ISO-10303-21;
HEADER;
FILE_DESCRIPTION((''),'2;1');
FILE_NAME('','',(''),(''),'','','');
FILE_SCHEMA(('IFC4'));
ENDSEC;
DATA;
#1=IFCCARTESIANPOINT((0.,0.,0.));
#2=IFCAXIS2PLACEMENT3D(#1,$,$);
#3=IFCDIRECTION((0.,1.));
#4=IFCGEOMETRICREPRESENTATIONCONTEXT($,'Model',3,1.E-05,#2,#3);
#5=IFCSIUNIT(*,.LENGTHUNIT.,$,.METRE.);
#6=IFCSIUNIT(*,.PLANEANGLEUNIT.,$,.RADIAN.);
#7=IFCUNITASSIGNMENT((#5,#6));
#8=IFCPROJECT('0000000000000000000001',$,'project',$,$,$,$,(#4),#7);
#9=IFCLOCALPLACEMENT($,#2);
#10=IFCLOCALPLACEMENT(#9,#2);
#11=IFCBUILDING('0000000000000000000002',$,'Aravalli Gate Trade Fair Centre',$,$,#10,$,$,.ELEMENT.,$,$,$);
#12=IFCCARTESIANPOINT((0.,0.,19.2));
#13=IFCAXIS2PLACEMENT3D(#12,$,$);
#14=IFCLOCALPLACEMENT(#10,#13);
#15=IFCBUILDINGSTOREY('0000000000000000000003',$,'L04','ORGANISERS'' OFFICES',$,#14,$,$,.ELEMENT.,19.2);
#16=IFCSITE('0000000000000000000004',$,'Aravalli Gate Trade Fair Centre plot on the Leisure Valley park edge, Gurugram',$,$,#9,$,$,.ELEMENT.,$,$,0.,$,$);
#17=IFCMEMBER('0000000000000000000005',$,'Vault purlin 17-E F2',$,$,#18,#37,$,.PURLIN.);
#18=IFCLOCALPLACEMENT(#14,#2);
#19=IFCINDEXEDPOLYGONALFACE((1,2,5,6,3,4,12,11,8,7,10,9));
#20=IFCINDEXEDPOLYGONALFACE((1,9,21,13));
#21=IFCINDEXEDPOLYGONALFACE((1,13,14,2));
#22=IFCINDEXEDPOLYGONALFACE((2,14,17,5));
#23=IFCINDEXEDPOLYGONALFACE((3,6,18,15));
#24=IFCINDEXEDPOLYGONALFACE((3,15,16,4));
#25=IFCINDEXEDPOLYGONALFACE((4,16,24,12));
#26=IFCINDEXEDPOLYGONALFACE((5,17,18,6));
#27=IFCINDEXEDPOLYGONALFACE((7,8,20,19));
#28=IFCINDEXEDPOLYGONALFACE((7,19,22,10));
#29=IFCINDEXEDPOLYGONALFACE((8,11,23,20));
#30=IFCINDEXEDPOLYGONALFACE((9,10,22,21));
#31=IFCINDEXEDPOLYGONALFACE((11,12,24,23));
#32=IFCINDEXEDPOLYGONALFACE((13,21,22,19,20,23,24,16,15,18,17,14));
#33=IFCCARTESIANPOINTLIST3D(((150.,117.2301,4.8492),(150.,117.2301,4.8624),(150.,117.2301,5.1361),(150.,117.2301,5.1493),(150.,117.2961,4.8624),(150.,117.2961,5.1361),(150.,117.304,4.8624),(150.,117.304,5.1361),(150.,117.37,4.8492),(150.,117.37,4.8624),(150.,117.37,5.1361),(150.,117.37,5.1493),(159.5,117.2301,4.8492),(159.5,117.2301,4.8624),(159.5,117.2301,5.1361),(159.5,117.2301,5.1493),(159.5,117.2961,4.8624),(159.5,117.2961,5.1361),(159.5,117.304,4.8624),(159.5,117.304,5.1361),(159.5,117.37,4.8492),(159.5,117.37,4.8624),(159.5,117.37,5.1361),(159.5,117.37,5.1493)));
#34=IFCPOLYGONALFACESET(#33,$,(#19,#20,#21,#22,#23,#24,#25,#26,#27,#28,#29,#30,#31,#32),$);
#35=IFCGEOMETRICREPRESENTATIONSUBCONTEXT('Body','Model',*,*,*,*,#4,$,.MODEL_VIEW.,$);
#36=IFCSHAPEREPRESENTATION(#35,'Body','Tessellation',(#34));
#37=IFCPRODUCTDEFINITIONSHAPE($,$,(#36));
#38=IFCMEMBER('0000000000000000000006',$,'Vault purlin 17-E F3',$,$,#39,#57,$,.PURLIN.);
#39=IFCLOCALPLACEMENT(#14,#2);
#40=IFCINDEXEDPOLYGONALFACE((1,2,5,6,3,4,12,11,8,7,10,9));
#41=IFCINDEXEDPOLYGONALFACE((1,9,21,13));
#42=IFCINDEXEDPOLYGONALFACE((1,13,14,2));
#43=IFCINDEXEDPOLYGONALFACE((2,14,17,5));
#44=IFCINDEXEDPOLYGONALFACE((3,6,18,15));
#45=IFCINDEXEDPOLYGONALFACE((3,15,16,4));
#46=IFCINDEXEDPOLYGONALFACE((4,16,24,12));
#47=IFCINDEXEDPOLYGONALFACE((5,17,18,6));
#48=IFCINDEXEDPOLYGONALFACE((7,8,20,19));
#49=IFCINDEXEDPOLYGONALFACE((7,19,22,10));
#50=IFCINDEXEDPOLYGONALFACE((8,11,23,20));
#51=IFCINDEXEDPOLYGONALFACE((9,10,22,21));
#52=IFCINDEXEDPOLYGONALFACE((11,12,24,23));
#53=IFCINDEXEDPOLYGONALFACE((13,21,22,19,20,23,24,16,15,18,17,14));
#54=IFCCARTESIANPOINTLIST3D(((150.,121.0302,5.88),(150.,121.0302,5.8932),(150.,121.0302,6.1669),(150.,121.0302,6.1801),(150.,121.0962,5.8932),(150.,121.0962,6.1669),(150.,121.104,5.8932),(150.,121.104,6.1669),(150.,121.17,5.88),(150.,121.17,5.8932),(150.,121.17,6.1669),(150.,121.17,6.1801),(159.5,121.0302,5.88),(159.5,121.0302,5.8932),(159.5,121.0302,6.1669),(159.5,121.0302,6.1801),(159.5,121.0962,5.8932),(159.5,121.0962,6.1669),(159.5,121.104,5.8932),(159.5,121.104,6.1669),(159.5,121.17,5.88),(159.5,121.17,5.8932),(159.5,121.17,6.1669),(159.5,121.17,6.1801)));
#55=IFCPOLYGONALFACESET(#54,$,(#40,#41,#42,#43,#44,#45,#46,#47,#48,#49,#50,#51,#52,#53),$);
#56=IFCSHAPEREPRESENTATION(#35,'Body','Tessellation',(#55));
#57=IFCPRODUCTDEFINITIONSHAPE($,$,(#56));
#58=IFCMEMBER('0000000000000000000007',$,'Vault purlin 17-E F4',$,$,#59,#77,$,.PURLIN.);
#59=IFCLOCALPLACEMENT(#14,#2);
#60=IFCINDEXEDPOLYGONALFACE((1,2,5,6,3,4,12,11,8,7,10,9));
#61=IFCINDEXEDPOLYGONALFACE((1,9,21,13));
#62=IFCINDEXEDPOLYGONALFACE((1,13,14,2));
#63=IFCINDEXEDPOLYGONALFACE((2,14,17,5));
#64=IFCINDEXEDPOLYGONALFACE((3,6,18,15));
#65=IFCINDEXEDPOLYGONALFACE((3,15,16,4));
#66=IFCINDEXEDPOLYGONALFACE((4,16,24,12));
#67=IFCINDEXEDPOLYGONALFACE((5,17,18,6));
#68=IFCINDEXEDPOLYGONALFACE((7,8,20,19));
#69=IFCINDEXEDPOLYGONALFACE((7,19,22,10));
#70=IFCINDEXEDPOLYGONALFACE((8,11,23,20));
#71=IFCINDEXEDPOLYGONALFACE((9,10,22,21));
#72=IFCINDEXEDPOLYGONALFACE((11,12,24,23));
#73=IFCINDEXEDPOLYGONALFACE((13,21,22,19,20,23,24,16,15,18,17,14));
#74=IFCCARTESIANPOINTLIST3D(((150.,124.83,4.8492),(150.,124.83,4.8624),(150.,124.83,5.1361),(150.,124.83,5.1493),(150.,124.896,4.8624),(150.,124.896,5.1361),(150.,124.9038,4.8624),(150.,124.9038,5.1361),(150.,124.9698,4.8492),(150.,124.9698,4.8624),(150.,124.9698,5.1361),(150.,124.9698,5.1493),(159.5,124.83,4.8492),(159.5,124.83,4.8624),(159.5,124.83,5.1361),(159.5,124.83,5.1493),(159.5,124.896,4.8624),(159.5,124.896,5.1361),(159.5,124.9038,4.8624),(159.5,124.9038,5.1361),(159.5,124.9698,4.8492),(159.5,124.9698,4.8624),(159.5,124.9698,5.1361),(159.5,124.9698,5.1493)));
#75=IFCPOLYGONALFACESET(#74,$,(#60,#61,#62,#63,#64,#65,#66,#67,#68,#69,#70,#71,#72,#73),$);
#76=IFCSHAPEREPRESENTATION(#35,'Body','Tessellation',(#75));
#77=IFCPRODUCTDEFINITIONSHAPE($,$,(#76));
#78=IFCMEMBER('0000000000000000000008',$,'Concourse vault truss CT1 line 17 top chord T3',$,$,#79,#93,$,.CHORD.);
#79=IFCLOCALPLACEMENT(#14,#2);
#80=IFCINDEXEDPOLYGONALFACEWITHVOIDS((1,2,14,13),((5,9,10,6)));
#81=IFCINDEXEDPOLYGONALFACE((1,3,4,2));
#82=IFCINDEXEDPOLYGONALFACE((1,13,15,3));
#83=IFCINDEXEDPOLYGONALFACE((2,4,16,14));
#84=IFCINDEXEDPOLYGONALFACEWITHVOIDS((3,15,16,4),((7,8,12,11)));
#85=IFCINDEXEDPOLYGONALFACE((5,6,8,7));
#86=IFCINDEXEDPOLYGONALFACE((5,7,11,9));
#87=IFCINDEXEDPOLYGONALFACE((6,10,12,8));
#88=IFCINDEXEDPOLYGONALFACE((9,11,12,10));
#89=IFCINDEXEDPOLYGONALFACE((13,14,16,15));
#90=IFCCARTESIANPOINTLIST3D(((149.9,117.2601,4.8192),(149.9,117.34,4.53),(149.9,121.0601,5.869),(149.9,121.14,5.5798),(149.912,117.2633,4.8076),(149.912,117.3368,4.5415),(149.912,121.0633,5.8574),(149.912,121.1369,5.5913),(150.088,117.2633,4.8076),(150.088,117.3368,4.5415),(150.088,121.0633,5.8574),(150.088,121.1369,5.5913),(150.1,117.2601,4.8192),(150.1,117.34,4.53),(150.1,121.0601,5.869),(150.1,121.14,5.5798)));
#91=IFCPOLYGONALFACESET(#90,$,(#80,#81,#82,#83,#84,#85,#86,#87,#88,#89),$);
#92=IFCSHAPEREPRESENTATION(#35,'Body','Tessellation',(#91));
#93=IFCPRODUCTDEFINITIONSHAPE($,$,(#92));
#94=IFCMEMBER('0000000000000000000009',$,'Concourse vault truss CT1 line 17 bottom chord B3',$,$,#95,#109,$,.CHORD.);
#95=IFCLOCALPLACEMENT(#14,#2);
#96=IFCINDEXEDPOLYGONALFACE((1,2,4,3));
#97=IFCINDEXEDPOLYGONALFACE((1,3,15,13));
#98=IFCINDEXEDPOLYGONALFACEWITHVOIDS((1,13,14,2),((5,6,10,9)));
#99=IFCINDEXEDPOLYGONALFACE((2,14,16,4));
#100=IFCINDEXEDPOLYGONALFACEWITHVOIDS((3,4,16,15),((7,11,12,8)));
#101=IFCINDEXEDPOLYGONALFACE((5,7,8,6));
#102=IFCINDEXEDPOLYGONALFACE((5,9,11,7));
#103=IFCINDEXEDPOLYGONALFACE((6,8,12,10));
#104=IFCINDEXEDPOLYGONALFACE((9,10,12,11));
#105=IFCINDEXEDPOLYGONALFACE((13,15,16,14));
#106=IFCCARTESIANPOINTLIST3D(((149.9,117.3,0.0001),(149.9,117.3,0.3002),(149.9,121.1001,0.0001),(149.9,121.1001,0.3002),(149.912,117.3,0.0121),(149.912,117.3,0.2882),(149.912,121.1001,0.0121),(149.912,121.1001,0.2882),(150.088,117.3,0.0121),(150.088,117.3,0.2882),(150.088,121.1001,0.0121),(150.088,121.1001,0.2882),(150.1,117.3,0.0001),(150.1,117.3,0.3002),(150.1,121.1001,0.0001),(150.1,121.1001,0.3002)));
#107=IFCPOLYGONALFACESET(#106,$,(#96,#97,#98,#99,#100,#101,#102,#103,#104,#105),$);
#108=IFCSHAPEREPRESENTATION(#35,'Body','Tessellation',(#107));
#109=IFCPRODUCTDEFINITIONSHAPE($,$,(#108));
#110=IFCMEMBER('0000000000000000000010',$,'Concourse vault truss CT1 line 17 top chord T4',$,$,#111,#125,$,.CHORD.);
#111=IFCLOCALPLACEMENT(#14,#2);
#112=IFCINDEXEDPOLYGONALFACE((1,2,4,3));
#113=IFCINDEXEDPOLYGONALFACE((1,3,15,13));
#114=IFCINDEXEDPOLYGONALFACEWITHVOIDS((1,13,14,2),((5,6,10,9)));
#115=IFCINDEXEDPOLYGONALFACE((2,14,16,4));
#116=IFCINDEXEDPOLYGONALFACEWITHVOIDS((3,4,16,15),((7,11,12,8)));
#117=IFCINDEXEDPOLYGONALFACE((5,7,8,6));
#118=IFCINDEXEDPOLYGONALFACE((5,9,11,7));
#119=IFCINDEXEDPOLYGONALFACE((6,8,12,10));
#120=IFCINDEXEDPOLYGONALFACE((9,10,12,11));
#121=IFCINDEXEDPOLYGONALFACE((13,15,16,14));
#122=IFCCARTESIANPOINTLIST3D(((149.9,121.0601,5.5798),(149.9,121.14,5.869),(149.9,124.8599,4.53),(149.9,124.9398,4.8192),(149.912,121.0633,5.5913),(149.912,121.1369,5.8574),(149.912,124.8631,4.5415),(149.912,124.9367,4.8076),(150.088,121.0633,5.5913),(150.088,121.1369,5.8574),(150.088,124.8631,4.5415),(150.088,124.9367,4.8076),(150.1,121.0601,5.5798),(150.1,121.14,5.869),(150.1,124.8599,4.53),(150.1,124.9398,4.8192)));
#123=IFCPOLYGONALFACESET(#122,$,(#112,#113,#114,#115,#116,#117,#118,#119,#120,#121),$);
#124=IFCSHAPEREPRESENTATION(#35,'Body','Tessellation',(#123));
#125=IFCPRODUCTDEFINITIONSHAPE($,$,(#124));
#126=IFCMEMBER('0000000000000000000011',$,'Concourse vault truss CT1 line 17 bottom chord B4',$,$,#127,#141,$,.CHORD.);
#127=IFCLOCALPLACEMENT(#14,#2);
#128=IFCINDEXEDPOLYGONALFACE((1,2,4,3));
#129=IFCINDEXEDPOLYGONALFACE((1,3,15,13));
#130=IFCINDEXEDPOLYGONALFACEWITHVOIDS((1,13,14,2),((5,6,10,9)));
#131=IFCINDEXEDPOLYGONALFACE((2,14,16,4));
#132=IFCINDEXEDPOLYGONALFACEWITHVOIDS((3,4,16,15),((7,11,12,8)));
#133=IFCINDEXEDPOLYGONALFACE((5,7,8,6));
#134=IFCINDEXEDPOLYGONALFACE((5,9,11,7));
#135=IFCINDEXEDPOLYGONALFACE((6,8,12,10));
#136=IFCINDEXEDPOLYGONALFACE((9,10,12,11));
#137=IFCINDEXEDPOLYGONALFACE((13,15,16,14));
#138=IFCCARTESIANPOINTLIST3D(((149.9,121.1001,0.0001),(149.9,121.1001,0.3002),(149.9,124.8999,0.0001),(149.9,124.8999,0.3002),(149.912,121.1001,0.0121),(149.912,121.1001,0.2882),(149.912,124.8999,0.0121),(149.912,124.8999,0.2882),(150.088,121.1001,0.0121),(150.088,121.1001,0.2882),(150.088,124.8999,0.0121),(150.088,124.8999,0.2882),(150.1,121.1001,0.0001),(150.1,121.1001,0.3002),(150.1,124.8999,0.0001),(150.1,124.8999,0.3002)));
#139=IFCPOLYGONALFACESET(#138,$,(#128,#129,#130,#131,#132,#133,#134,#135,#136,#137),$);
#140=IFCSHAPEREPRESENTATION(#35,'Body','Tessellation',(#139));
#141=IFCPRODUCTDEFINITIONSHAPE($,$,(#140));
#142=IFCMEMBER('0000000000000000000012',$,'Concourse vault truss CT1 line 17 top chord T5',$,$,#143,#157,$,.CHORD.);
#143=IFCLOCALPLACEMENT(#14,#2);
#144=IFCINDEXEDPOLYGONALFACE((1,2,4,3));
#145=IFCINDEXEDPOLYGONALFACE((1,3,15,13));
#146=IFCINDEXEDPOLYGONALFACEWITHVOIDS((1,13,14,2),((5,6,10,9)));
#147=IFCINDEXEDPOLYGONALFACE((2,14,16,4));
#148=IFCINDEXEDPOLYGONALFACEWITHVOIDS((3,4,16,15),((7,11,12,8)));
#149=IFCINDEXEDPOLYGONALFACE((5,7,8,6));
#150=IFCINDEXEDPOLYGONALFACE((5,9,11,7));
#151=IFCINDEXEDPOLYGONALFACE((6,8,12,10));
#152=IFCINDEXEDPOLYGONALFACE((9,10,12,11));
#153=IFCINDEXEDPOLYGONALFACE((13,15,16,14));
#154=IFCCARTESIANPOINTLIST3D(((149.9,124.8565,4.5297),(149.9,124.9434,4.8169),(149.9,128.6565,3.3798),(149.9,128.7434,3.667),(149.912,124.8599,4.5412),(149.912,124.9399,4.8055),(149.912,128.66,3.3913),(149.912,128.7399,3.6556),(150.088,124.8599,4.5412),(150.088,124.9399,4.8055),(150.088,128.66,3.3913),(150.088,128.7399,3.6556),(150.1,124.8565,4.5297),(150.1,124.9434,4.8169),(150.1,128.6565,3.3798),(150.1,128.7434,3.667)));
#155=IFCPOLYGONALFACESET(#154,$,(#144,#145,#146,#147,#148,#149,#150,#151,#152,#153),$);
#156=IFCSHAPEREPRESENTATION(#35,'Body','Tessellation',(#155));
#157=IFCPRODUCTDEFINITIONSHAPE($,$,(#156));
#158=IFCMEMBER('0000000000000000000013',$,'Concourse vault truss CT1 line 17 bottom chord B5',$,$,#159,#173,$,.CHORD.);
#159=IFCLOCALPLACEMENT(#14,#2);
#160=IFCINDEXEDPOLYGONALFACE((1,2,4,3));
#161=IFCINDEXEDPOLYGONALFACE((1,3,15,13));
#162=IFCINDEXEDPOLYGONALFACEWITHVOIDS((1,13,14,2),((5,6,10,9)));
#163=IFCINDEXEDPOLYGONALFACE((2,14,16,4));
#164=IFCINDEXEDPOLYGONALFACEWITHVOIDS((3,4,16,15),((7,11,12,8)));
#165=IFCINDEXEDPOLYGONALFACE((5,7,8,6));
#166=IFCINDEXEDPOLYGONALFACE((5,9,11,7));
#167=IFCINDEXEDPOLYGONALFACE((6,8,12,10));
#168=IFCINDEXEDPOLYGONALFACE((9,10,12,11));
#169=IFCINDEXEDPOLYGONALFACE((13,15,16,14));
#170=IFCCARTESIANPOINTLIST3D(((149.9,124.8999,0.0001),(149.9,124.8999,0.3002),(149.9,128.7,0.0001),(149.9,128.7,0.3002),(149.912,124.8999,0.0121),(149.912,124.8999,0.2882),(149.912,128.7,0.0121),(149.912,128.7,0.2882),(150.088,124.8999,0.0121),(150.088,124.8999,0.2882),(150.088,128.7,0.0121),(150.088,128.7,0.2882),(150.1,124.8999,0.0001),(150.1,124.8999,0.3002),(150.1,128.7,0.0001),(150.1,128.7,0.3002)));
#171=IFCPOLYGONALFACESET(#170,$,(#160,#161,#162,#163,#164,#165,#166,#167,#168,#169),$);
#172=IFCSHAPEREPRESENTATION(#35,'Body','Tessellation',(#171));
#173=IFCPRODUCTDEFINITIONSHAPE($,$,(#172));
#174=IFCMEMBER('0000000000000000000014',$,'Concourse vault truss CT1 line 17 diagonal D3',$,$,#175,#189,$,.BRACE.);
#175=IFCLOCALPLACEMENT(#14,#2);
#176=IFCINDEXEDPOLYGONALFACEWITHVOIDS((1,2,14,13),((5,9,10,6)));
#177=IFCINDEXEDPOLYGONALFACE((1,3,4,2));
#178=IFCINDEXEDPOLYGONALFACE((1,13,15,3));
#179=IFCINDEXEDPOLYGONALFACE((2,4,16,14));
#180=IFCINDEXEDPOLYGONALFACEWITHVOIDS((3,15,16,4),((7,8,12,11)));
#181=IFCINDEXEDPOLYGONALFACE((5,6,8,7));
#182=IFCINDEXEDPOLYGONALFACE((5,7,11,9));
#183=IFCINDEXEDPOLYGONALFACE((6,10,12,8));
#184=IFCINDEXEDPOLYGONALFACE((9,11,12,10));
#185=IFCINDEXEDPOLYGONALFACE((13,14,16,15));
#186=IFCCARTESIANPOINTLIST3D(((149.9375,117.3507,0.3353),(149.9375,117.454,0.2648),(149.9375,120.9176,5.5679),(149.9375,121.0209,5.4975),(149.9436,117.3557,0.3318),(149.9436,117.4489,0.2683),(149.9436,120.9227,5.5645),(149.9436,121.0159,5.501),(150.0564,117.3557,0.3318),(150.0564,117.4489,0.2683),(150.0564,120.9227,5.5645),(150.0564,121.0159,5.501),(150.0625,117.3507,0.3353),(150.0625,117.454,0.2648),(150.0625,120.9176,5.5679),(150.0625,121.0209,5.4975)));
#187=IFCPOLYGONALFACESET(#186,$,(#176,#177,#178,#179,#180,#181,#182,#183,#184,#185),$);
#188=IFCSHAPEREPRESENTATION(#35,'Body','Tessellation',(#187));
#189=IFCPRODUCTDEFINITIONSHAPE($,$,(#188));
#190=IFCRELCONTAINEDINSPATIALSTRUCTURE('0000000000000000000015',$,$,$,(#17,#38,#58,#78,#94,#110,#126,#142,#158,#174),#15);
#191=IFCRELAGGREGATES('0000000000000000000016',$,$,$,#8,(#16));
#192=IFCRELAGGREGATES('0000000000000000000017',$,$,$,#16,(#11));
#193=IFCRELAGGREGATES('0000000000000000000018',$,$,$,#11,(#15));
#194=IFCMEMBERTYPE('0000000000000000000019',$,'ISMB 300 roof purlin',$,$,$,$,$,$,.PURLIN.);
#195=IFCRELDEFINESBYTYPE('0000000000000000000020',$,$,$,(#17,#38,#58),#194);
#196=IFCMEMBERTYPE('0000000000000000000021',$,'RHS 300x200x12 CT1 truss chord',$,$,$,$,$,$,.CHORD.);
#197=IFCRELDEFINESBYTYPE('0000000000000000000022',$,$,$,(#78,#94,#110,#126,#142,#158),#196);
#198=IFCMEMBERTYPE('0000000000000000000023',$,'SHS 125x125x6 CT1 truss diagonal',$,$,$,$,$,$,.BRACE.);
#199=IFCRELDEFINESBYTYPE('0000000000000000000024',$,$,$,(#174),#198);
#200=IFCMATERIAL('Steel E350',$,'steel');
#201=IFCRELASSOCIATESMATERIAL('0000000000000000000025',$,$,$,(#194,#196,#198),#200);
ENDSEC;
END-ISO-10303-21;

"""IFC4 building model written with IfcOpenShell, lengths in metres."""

from ifc_helpers import new_model, si_unit, direction, frame, origin, origin_2d, place, context, subcontext, project, spatial, hollow_rectangle, i_section, extrude, material, material_profile, profile_set, type_object, element, save


model = new_model("IFC4")

# Units and contexts
model_context = context("Model", 3, precision=1e-05, world=origin(), true_north=direction((0.0, 1.0)))
body_context = subcontext(model_context, "Body", "Model", "MODEL_VIEW")
ifc_project = project(units=[si_unit("LENGTHUNIT", "METRE"), si_unit("PLANEANGLEUNIT", "RADIAN")], contexts=[model_context])

# Site, building, storey
site_placement = place(None, origin())
site = spatial("IfcSite", under=ifc_project, at=site_placement, Name="Aravalli Gate Trade Fair Centre plot on the Leisure Valley park edge, Gurugram", CompositionType="ELEMENT", RefElevation=0.0)
building_placement = place(site_placement, origin())
building = spatial("IfcBuilding", under=site, at=building_placement, Name="Aravalli Gate Trade Fair Centre", CompositionType="ELEMENT")
storey_placement = place(building_placement, frame((0.0, 0.0, 19.2)))
storey = spatial("IfcBuildingStorey", under=building, at=storey_placement, Name="L04", Description="ORGANISERS' OFFICES", CompositionType="ELEMENT", Elevation=19.2)

# Members
ifc_material_1 = material(Name="Steel E350", Category="steel")
ifc_material_profile_1 = material_profile(ifc_material_1, i_section(OverallWidth=0.1399, OverallDepth=0.3, WebThickness=0.0078, FlangeThickness=0.0132, at=origin_2d()), Name="ISMB 300")
ifc_profile_set_1 = profile_set([ifc_material_profile_1], Name="Steel E350")
member_type_1 = type_object("IfcMemberType", Name="ISMB 300 roof purlin", PredefinedType="PURLIN", material=ifc_profile_set_1)
for number, where, z_axis, x_axis, name in (
    (1, (150.0, 117.3, 4.9993), (1.0, 0.0, 0.0), (0.0, 1.0, 0.0), "Vault purlin 17-E F2"),
    (2, (150.0, 121.1001, 6.03), (1.0, 0.0, 0.0), (0.0, 1.0, 0.0), "Vault purlin 17-E F3"),
    (3, (150.0, 124.8999, 4.9993), (1.0, 0.0, 0.0), (0.0, 1.0, 0.0), "Vault purlin 17-E F4"),
):
    element("IfcMember", number, at=place(storey_placement, frame(where, z_axis=z_axis, x_axis=x_axis)), inside=storey, type_object=member_type_1, Name=name, PredefinedType="PURLIN", context=body_context, shape_type="SweptSolid", body=[
        extrude(i_section(OverallWidth=0.1399, OverallDepth=0.3, WebThickness=0.0078, FlangeThickness=0.0132, at=origin_2d()), origin(), (0.0, 0.0, 1.0), 9.5),
    ])
ifc_material_profile_2 = material_profile(ifc_material_1, hollow_rectangle(XDim=0.2, YDim=0.3, WallThickness=0.012, at=origin_2d()), Name="RHS 300x200x12")
ifc_profile_set_2 = profile_set([ifc_material_profile_2], Name="Steel E350")
member_type_2 = type_object("IfcMemberType", Name="RHS 300x200x12 CT1 truss chord", PredefinedType="CHORD", material=ifc_profile_set_2)
member_1_placement = place(storey_placement, frame((150.0, 117.3, 4.6746), z_axis=(0.0, 0.963894, 0.266286), x_axis=(-1.0, 0.0, 0.0)))
element("IfcMember", 4, at=member_1_placement, inside=storey, type_object=member_type_2, Name="Concourse vault truss CT1 line 17 top chord T3", PredefinedType="CHORD", context=body_context, shape_type="SweptSolid", body=[
    extrude(hollow_rectangle(XDim=0.2, YDim=0.3, WallThickness=0.012, at=origin_2d()), origin(), (0.0, 0.0, 1.0), 3.9424),
])
member_2_placement = place(storey_placement, frame((150.0, 117.3, 0.1501), z_axis=(0.0, 1.0, 0.0), x_axis=(-1.0, 0.0, 0.0)))
element("IfcMember", 5, at=member_2_placement, inside=storey, type_object=member_type_2, Name="Concourse vault truss CT1 line 17 bottom chord B3", PredefinedType="CHORD", context=body_context, shape_type="SweptSolid", body=[
    extrude(hollow_rectangle(XDim=0.2, YDim=0.3, WallThickness=0.012, at=origin_2d()), origin(), (0.0, 0.0, 1.0), 3.8),
])
member_3_placement = place(storey_placement, frame((150.0, 121.1001, 5.7244), z_axis=(0.0, 0.96389, -0.266302), x_axis=(-1.0, 0.0, 0.0)))
element("IfcMember", 6, at=member_3_placement, inside=storey, type_object=member_type_2, Name="Concourse vault truss CT1 line 17 top chord T4", PredefinedType="CHORD", context=body_context, shape_type="SweptSolid", body=[
    extrude(hollow_rectangle(XDim=0.2, YDim=0.3, WallThickness=0.012, at=origin_2d()), origin(), (0.0, 0.0, 1.0), 3.9421),
])
member_4_placement = place(storey_placement, frame((150.0, 121.1001, 0.1501), z_axis=(0.0, 1.0, 0.0), x_axis=(-1.0, 0.0, 0.0)))
element("IfcMember", 7, at=member_4_placement, inside=storey, type_object=member_type_2, Name="Concourse vault truss CT1 line 17 bottom chord B4", PredefinedType="CHORD", context=body_context, shape_type="SweptSolid", body=[
    extrude(hollow_rectangle(XDim=0.2, YDim=0.3, WallThickness=0.012, at=origin_2d()), origin(), (0.0, 0.0, 1.0), 3.7998),
])
member_5_placement = place(storey_placement, frame((150.0, 124.8999, 4.6733), z_axis=(0.0, 0.957138, -0.289632), x_axis=(-1.0, 0.0, 0.0)))
element("IfcMember", 8, at=member_5_placement, inside=storey, type_object=member_type_2, Name="Concourse vault truss CT1 line 17 top chord T5", PredefinedType="CHORD", context=body_context, shape_type="SweptSolid", body=[
    extrude(hollow_rectangle(XDim=0.2, YDim=0.3, WallThickness=0.012, at=origin_2d()), origin(), (0.0, 0.0, 1.0), 3.9702),
])
member_6_placement = place(storey_placement, frame((150.0, 124.8999, 0.1501), z_axis=(0.0, 1.0, 0.0), x_axis=(-1.0, 0.0, 0.0)))
element("IfcMember", 9, at=member_6_placement, inside=storey, type_object=member_type_2, Name="Concourse vault truss CT1 line 17 bottom chord B5", PredefinedType="CHORD", context=body_context, shape_type="SweptSolid", body=[
    extrude(hollow_rectangle(XDim=0.2, YDim=0.3, WallThickness=0.012, at=origin_2d()), origin(), (0.0, 0.0, 1.0), 3.8),
])
ifc_material_profile_3 = material_profile(ifc_material_1, hollow_rectangle(XDim=0.125, YDim=0.125, WallThickness=0.0061, at=origin_2d()), Name="SHS 125x125x6")
ifc_profile_set_3 = profile_set([ifc_material_profile_3], Name="Steel E350")
member_type_3 = type_object("IfcMemberType", Name="SHS 125x125x6 CT1 truss diagonal", PredefinedType="BRACE", material=ifc_profile_set_3)
for number, where, z_axis, x_axis, name in (
    (10, (150.0, 117.4023, 0.3), (0.0, 0.563247, 0.826289), (-1.0, 0.0, 0.0), "Concourse vault truss CT1 line 17 diagonal D3"),
):
    element("IfcMember", number, at=place(storey_placement, frame(where, z_axis=z_axis, x_axis=x_axis)), inside=storey, type_object=member_type_3, Name=name, PredefinedType="BRACE", context=body_context, shape_type="SweptSolid", body=[
        extrude(hollow_rectangle(XDim=0.125, YDim=0.125, WallThickness=0.0061, at=origin_2d()), origin(), (0.0, 0.0, 1.0), 6.3328),
    ])

save(model, "model.ifc")
